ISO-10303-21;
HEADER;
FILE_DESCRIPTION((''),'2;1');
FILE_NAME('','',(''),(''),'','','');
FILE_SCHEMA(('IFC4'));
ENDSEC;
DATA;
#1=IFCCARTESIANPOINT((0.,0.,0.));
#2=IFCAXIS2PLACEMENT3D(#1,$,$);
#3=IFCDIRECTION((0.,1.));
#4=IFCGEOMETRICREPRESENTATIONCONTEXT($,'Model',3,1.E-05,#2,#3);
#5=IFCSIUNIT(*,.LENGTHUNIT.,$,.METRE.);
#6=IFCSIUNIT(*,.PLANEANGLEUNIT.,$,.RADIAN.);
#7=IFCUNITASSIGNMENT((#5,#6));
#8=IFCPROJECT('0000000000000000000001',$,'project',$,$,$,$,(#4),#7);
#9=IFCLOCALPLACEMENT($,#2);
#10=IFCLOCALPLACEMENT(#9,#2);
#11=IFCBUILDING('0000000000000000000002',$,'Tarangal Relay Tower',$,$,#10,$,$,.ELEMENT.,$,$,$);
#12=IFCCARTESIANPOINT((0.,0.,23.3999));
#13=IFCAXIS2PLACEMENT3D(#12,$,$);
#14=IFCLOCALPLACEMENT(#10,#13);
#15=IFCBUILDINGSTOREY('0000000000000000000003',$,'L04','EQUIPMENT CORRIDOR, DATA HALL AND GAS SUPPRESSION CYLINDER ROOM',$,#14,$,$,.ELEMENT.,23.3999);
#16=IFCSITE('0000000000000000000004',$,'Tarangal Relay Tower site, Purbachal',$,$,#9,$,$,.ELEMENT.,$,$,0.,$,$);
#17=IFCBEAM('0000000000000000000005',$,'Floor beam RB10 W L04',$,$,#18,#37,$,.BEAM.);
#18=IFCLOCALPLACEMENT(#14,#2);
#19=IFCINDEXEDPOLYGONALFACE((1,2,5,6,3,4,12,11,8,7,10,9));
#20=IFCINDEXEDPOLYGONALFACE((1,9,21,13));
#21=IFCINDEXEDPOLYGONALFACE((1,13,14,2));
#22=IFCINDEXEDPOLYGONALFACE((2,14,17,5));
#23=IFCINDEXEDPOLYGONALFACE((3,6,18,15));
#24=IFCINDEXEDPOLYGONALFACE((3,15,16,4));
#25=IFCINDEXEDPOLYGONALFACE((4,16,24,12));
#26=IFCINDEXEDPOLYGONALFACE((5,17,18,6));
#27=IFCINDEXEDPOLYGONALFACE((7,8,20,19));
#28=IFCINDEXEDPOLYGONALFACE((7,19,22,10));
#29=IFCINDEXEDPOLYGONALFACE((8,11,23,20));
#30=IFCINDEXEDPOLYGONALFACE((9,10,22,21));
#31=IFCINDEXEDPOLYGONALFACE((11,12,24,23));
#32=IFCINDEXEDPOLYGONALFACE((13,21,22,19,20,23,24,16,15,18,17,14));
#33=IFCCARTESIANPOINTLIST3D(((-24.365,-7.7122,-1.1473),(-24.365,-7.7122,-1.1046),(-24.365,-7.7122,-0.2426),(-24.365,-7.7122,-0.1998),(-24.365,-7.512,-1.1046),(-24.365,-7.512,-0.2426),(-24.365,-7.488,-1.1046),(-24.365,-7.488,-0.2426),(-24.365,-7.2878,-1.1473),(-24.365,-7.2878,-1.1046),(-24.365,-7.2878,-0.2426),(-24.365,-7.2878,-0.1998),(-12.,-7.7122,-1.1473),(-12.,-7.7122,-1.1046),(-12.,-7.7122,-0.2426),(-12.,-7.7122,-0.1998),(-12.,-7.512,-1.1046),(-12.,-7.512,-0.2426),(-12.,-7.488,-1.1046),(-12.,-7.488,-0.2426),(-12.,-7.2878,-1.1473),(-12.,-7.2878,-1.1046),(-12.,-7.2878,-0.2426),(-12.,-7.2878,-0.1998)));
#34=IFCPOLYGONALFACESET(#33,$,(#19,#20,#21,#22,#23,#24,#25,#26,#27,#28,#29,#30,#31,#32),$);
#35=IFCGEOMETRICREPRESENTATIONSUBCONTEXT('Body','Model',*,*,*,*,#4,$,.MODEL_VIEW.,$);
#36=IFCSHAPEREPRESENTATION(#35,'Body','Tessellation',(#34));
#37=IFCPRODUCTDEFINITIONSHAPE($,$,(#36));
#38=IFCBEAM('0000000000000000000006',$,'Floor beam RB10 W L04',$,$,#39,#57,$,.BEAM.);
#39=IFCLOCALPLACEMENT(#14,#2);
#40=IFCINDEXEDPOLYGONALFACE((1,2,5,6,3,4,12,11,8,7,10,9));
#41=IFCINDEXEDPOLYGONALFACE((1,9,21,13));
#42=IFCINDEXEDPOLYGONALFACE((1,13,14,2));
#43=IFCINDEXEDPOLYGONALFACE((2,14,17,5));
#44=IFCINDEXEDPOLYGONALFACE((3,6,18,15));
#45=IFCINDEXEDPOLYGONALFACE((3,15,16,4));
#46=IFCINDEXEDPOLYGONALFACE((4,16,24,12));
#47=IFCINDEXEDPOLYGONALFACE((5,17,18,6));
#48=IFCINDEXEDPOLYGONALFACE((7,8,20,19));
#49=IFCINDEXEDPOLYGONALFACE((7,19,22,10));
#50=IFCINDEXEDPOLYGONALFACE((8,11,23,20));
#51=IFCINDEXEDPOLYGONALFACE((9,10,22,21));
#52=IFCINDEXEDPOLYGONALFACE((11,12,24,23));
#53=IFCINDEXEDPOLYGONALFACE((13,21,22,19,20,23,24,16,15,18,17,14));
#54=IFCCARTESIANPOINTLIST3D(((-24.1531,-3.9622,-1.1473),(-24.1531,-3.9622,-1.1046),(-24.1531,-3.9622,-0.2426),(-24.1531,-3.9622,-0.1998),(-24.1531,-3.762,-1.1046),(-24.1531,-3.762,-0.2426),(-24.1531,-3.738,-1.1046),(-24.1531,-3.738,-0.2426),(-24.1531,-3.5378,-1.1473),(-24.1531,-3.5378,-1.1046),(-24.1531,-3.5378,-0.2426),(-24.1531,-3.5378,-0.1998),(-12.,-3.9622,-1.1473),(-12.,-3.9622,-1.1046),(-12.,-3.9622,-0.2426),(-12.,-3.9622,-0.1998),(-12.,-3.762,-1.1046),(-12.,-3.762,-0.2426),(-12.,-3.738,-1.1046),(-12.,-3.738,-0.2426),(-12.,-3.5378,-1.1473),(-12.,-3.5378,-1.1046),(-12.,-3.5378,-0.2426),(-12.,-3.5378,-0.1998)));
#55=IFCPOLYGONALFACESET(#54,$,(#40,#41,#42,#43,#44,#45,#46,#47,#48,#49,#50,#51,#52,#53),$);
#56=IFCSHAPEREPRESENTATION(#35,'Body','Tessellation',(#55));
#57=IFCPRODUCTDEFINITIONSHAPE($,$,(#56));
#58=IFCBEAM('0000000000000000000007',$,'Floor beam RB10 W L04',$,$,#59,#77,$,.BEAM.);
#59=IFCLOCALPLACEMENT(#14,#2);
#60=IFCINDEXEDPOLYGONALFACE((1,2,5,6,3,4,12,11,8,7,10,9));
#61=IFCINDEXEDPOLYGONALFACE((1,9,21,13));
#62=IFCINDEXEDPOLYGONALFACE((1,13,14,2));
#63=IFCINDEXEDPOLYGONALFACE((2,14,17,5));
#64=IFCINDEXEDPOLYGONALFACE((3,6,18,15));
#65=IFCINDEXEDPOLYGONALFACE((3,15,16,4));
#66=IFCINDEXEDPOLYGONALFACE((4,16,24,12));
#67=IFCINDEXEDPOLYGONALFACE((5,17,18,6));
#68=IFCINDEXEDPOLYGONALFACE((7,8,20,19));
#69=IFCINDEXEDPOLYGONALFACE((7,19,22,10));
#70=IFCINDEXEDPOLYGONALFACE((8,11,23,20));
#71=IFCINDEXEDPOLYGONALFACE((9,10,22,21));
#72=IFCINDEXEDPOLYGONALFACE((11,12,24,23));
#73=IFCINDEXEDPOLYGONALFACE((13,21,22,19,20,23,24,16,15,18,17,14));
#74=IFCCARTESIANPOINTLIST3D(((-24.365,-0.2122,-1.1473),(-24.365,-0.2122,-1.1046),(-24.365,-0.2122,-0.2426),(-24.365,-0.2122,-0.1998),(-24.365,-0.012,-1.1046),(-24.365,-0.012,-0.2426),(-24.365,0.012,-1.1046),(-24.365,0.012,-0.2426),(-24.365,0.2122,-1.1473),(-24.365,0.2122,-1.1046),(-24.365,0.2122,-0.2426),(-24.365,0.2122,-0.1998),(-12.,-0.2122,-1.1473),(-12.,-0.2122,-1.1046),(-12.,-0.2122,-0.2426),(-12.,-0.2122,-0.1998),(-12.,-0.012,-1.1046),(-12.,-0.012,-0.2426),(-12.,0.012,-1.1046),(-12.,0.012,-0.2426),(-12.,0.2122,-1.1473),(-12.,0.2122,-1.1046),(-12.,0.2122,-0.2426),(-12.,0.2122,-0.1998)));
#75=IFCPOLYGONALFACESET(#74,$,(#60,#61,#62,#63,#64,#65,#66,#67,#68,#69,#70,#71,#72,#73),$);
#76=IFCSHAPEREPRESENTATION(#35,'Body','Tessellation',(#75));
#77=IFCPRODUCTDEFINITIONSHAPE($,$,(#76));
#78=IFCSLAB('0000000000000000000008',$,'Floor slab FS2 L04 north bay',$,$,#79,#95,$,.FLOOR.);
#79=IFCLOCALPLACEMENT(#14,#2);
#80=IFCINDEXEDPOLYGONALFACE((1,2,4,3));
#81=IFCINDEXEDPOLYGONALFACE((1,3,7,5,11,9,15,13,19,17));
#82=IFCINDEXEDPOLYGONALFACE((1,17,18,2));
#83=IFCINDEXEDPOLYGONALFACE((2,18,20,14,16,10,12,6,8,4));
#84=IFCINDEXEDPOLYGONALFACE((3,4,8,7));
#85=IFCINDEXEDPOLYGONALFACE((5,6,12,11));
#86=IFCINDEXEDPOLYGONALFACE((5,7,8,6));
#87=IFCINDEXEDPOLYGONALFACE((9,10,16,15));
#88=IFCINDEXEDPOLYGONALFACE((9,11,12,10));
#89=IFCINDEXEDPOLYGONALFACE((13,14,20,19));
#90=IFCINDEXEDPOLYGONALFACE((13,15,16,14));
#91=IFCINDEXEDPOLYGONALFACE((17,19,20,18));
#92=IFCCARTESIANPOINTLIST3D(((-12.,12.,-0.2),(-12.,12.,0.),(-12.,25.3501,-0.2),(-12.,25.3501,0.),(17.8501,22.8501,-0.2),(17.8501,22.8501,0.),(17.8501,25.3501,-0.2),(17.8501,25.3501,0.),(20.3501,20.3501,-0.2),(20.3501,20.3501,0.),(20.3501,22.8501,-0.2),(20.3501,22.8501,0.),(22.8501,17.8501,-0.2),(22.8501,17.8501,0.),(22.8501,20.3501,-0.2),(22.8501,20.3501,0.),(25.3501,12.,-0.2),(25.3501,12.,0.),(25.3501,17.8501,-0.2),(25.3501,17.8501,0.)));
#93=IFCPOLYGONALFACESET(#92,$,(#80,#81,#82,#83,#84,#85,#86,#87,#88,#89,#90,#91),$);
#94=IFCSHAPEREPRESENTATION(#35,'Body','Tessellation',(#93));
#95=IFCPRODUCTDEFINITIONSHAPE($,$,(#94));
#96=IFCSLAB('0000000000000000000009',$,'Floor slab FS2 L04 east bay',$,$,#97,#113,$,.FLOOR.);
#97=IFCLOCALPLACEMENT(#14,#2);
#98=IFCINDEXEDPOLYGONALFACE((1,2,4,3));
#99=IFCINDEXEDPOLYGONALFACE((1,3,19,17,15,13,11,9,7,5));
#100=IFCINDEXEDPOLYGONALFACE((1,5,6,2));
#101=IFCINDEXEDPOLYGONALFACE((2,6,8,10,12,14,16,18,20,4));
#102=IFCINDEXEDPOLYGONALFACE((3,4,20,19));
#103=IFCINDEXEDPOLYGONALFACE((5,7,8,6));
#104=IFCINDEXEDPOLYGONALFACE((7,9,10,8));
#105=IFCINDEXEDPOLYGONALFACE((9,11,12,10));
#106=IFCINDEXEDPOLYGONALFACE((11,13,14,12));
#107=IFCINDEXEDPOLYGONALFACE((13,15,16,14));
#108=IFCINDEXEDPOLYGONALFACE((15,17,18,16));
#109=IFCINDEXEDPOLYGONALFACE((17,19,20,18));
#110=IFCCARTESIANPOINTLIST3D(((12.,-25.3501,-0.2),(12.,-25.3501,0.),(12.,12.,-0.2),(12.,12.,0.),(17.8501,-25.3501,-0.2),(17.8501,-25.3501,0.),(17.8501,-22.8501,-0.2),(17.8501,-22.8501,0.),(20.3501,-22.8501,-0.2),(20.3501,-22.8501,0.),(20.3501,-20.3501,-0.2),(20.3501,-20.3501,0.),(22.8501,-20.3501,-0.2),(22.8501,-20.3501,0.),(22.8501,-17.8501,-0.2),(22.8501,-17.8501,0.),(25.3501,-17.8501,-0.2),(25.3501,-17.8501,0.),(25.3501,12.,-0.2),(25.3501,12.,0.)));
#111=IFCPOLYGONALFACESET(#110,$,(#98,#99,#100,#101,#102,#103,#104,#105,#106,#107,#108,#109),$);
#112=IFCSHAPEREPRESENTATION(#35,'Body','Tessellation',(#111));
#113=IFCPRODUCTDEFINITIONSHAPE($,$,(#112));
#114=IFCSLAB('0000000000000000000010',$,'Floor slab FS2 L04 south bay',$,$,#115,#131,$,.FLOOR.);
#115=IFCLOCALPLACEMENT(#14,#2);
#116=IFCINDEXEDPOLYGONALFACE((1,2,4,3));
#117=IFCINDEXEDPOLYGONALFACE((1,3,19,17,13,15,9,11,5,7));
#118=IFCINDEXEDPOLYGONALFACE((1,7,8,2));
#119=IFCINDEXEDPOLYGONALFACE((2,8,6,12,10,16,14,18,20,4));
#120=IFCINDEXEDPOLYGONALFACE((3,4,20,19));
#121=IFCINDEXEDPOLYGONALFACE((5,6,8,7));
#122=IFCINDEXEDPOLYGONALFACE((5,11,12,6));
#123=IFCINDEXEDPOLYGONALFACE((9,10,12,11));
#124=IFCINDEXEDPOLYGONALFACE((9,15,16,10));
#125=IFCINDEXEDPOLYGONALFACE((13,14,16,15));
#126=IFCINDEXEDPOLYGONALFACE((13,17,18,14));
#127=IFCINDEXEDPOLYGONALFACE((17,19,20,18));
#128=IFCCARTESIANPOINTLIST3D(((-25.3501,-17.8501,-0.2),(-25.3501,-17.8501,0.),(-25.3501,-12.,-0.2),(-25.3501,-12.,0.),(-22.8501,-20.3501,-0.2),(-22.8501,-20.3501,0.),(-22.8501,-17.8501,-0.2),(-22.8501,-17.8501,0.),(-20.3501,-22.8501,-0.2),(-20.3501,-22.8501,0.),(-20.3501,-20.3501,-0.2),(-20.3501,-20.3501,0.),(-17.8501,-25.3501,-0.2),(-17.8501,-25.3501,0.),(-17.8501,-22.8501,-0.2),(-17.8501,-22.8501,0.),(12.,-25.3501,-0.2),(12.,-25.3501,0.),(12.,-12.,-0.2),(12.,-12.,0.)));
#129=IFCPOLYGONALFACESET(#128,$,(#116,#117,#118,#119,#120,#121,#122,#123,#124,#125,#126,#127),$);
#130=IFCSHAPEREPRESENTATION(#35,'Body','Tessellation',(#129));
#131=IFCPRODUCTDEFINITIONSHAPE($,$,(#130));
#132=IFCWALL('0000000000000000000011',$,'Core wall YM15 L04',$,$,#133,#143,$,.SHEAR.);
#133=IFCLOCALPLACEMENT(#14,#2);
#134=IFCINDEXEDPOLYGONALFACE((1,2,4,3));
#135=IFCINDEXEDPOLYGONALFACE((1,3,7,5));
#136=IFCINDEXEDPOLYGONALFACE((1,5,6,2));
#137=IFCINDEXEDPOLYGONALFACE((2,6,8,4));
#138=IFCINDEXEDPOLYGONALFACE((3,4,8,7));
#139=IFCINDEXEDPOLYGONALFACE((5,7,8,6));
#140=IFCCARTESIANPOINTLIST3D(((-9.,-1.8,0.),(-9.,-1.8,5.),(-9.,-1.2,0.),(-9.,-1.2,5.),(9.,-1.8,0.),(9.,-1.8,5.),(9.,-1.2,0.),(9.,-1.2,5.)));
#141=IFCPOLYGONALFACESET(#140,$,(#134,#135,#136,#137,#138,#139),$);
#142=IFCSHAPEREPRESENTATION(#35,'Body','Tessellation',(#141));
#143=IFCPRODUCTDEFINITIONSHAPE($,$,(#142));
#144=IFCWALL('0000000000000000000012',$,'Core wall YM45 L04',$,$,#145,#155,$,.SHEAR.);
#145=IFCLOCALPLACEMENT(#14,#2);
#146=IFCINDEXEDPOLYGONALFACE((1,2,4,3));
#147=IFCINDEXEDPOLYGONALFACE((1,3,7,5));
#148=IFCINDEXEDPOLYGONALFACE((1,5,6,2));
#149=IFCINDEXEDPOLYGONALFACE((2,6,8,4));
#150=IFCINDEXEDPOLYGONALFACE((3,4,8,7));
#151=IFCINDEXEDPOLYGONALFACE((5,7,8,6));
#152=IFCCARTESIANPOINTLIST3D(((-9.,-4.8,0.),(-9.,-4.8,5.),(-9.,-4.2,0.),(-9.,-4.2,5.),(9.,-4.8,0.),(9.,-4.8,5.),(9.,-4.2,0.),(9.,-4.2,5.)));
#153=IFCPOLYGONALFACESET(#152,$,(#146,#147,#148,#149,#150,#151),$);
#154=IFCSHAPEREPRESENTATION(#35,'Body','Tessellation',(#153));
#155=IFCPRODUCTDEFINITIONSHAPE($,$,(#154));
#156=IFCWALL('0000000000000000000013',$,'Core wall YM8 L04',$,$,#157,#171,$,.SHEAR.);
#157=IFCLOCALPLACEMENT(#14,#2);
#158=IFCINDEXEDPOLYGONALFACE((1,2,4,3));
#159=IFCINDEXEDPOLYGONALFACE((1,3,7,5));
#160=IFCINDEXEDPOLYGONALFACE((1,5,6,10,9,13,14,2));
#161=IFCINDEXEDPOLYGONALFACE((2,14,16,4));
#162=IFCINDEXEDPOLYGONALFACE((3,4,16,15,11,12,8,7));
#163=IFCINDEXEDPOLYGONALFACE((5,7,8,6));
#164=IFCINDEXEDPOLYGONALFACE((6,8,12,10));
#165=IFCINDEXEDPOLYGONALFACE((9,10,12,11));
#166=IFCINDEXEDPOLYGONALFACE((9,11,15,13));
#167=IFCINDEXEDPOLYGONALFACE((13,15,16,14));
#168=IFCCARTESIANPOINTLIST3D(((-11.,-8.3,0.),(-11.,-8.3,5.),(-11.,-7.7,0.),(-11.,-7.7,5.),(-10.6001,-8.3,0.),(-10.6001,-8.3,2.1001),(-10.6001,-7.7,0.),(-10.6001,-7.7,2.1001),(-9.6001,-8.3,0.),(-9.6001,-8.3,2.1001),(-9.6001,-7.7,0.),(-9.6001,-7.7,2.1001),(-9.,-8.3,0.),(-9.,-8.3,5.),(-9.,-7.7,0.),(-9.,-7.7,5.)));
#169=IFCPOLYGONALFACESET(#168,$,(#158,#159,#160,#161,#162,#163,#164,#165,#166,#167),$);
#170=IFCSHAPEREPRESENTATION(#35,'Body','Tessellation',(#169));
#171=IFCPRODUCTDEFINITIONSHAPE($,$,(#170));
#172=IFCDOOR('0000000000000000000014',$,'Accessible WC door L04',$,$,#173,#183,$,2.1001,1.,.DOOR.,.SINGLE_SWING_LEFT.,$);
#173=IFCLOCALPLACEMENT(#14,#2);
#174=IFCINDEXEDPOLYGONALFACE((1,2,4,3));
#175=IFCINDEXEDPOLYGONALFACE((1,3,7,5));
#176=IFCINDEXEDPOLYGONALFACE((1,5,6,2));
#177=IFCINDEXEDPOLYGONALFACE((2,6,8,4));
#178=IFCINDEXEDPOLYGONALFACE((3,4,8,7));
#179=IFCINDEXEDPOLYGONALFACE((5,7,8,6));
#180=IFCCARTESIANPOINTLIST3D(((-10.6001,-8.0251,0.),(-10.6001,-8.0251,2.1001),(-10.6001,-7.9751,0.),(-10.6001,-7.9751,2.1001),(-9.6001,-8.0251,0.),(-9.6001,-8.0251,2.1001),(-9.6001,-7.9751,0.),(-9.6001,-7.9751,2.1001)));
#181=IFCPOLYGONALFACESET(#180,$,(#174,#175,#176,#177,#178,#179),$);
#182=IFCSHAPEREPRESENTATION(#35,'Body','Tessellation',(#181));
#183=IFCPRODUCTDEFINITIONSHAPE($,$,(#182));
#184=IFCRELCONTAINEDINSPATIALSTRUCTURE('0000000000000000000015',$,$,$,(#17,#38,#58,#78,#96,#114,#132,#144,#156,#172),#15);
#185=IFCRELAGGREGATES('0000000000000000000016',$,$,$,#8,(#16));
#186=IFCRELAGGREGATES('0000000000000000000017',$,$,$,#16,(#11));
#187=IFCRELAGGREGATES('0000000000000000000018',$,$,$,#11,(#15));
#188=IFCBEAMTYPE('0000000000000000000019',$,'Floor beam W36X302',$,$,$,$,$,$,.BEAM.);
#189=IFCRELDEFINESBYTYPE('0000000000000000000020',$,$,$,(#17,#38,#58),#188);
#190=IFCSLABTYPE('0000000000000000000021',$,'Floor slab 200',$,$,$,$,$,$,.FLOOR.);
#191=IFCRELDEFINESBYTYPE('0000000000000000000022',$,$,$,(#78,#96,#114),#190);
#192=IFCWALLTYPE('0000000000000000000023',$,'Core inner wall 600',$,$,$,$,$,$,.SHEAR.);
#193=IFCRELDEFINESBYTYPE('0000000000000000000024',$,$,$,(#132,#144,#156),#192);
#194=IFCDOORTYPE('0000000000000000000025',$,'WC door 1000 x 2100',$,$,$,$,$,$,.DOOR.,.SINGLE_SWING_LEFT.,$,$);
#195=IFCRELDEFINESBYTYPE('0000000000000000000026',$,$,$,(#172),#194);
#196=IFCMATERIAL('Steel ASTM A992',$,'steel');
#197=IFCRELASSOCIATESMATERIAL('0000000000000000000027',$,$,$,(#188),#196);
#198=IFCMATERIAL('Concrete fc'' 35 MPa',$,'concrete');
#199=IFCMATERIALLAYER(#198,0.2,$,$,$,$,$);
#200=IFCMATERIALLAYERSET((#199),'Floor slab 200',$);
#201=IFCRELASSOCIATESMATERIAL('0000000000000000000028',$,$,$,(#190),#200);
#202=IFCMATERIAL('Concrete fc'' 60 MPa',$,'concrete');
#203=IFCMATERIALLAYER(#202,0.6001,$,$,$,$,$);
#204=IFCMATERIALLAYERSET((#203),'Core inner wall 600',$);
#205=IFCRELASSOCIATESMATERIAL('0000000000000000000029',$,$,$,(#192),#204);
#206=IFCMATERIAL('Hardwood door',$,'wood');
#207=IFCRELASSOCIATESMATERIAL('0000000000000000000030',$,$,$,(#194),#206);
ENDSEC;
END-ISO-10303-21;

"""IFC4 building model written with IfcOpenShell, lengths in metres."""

from ifc_helpers import new_model, si_unit, direction, frame, frame_2d, origin, origin_2d, place, context, subcontext, project, spatial, polyline, rectangle, i_section, outline, extrude, material, layer, layer_set, material_profile, profile_set, type_object, element, fill, save


model = new_model("IFC4")

# Units and contexts
model_context = context("Model", 3, precision=1e-05, world=origin(), true_north=direction((0.0, 1.0)))
body_context = subcontext(model_context, "Body", "Model", "MODEL_VIEW")
ifc_project = project(units=[si_unit("LENGTHUNIT", "METRE"), si_unit("PLANEANGLEUNIT", "RADIAN")], contexts=[model_context])

# Site, building, storey
site_placement = place(None, origin())
site = spatial("IfcSite", under=ifc_project, at=site_placement, Name="Tarangal Relay Tower site, Purbachal", CompositionType="ELEMENT", RefElevation=0.0)
building_placement = place(site_placement, origin())
building = spatial("IfcBuilding", under=site, at=building_placement, Name="Tarangal Relay Tower", CompositionType="ELEMENT")
storey_placement = place(building_placement, frame((0.0, 0.0, 23.3999)))
storey = spatial("IfcBuildingStorey", under=building, at=storey_placement, Name="L04", Description="EQUIPMENT CORRIDOR, DATA HALL AND GAS SUPPRESSION CYLINDER ROOM", CompositionType="ELEMENT", Elevation=23.3999)

# Beams
ifc_material_1 = material(Name="Steel ASTM A992", Category="steel")
ifc_material_profile = material_profile(ifc_material_1, i_section(OverallWidth=0.4243, OverallDepth=0.9475, WebThickness=0.0239, FlangeThickness=0.0427, at=origin_2d()), Name="W36X302")
ifc_profile_set = profile_set([ifc_material_profile], Name="Steel ASTM A992")
beam_type = type_object("IfcBeamType", Name="Floor beam W36X302", PredefinedType="BEAM", material=ifc_profile_set)
beam_1_placement = place(storey_placement, frame((-12.0, -7.5, -0.6736), z_axis=(-1.0, 0.0, 0.0), x_axis=(0.0, -1.0, 0.0)))
element("IfcBeam", 1, at=beam_1_placement, inside=storey, type_object=beam_type, Name="Floor beam RB10 W L04", PredefinedType="BEAM", context=body_context, shape_type="SweptSolid", body=[
    extrude(i_section(OverallWidth=0.4243, OverallDepth=0.9475, WebThickness=0.0239, FlangeThickness=0.0427, at=origin_2d()), origin(), (0.0, 0.0, 1.0), 12.365),
])
beam_2_placement = place(storey_placement, frame((-12.0, -3.75, -0.6736), z_axis=(-1.0, 0.0, 0.0), x_axis=(0.0, -1.0, 0.0)))
element("IfcBeam", 2, at=beam_2_placement, inside=storey, type_object=beam_type, Name="Floor beam RB10 W L04", PredefinedType="BEAM", context=body_context, shape_type="SweptSolid", body=[
    extrude(i_section(OverallWidth=0.4243, OverallDepth=0.9475, WebThickness=0.0239, FlangeThickness=0.0427, at=origin_2d()), origin(), (0.0, 0.0, 1.0), 12.1531),
])
beam_3_placement = place(storey_placement, frame((-12.0, 0.0, -0.6736), z_axis=(-1.0, 0.0, 0.0), x_axis=(0.0, -1.0, 0.0)))
element("IfcBeam", 3, at=beam_3_placement, inside=storey, type_object=beam_type, Name="Floor beam RB10 W L04", PredefinedType="BEAM", context=body_context, shape_type="SweptSolid", body=[
    extrude(i_section(OverallWidth=0.4243, OverallDepth=0.9475, WebThickness=0.0239, FlangeThickness=0.0427, at=origin_2d()), origin(), (0.0, 0.0, 1.0), 12.365),
])

# Slabs
ifc_material_2 = material(Name="Concrete fc' 35 MPa", Category="concrete")
ifc_layer_1 = layer(ifc_material_2, 0.2)
ifc_layer_set_1 = layer_set([ifc_layer_1], Name="Floor slab 200")
slab_type = type_object("IfcSlabType", Name="Floor slab 200", PredefinedType="FLOOR", material=ifc_layer_set_1)
slab_1_placement = place(storey_placement, frame((0.0, 0.0, -0.2)))
element("IfcSlab", 4, at=slab_1_placement, inside=storey, type_object=slab_type, Name="Floor slab FS2 L04 north bay", PredefinedType="FLOOR", context=body_context, shape_type="SweptSolid", body=[
    extrude(outline(polyline([(17.8501, 25.3501), (17.8501, 22.8501), (20.3501, 22.8501), (20.3501, 20.3501), (22.8501, 20.3501), (22.8501, 17.8501), (25.3501, 17.8501), (25.3501, 12.0), (-12.0, 12.0), (-12.0, 25.3501), (17.8501, 25.3501)])), origin(), (0.0, 0.0, 1.0), 0.2),
])
slab_2_placement = place(storey_placement, frame((0.0, 0.0, -0.2)))
element("IfcSlab", 5, at=slab_2_placement, inside=storey, type_object=slab_type, Name="Floor slab FS2 L04 east bay", PredefinedType="FLOOR", context=body_context, shape_type="SweptSolid", body=[
    extrude(outline(polyline([(25.3501, -17.8501), (22.8501, -17.8501), (22.8501, -20.3501), (20.3501, -20.3501), (20.3501, -22.8501), (17.8501, -22.8501), (17.8501, -25.3501), (12.0, -25.3501), (12.0, 12.0), (25.3501, 12.0), (25.3501, -17.8501)])), origin(), (0.0, 0.0, 1.0), 0.2),
])
slab_3_placement = place(storey_placement, frame((0.0, 0.0, -0.2)))
element("IfcSlab", 6, at=slab_3_placement, inside=storey, type_object=slab_type, Name="Floor slab FS2 L04 south bay", PredefinedType="FLOOR", context=body_context, shape_type="SweptSolid", body=[
    extrude(outline(polyline([(-17.8501, -25.3501), (-17.8501, -22.8501), (-20.3501, -22.8501), (-20.3501, -20.3501), (-22.8501, -20.3501), (-22.8501, -17.8501), (-25.3501, -17.8501), (-25.3501, -12.0), (12.0, -12.0), (12.0, -25.3501), (-17.8501, -25.3501)])), origin(), (0.0, 0.0, 1.0), 0.2),
])

# Walls
ifc_material_3 = material(Name="Concrete fc' 60 MPa", Category="concrete")
ifc_layer_2 = layer(ifc_material_3, 0.6001)
ifc_layer_set_2 = layer_set([ifc_layer_2], Name="Core inner wall 600")
wall_type = type_object("IfcWallType", Name="Core inner wall 600", PredefinedType="SHEAR", material=ifc_layer_set_2)
for number, where, z_axis, x_axis, name in (
    (7, (-9.0, -1.5, 0.0), (0.0, 0.0, 1.0), (1.0, 0.0, 0.0), "Core wall YM15 L04"),
    (8, (-9.0, -4.5, 0.0), (0.0, 0.0, 1.0), (1.0, 0.0, 0.0), "Core wall YM45 L04"),
):
    element("IfcWall", number, at=place(storey_placement, frame(where, z_axis=z_axis, x_axis=x_axis)), inside=storey, type_object=wall_type, Name=name, PredefinedType="SHEAR", context=body_context, shape_type="SweptSolid", body=[
        extrude(rectangle(XDim=18.0, YDim=0.6001, at=frame_2d((9.0, 0.0))), origin(), (0.0, 0.0, 1.0), 5.0),
    ])

# Wall, opening, door
wall_placement = place(storey_placement, frame((-11.0, -8.0, 0.0), z_axis=(0.0, 0.0, 1.0), x_axis=(1.0, 0.0, 0.0)))
wall = element("IfcWall", 9, at=wall_placement, inside=storey, type_object=wall_type, Name="Core wall YM8 L04", PredefinedType="SHEAR", context=body_context, shape_type="SweptSolid", body=[
    extrude(rectangle(XDim=2.0, YDim=0.6001, at=frame_2d((1.0, 0.0))), origin(), (0.0, 0.0, 1.0), 5.0),
])
opening_placement = place(wall_placement, frame((0.3999, 0.0, 0.0)))
opening = element("IfcOpeningElement", 10, at=opening_placement, cuts=wall, PredefinedType="OPENING", context=body_context, shape_type="SweptSolid", body=[
    extrude(rectangle(XDim=1.0, YDim=2.1001, at=frame_2d((0.5, 1.05))), frame((0.0, 0.3101, 0.0), z_axis=(0.0, -1.0, 0.0), x_axis=(1.0, 0.0, 0.0)), (0.0, 0.0, 1.0), 0.6201),
])
ifc_material_4 = material(Name="Hardwood door", Category="wood")
door_type = type_object("IfcDoorType", Name="WC door 1000 x 2100", OperationType="SINGLE_SWING_LEFT", PredefinedType="DOOR", material=ifc_material_4)
door_placement = place(opening_placement, origin())
door = element("IfcDoor", 11, at=door_placement, inside=storey, type_object=door_type, Name="Accessible WC door L04", OperationType="SINGLE_SWING_LEFT", OverallHeight=2.1001, OverallWidth=1.0, PredefinedType="DOOR", context=body_context, shape_type="SweptSolid", body=[
    extrude(rectangle(XDim=1.0, YDim=2.1001, at=frame_2d((0.5, 1.05))), frame((0.0, 0.0249, 0.0), z_axis=(0.0, -1.0, 0.0), x_axis=(1.0, 0.0, 0.0)), (0.0, 0.0, 1.0), 0.05),
])
fill(opening, door)

save(model, "model.ifc")
